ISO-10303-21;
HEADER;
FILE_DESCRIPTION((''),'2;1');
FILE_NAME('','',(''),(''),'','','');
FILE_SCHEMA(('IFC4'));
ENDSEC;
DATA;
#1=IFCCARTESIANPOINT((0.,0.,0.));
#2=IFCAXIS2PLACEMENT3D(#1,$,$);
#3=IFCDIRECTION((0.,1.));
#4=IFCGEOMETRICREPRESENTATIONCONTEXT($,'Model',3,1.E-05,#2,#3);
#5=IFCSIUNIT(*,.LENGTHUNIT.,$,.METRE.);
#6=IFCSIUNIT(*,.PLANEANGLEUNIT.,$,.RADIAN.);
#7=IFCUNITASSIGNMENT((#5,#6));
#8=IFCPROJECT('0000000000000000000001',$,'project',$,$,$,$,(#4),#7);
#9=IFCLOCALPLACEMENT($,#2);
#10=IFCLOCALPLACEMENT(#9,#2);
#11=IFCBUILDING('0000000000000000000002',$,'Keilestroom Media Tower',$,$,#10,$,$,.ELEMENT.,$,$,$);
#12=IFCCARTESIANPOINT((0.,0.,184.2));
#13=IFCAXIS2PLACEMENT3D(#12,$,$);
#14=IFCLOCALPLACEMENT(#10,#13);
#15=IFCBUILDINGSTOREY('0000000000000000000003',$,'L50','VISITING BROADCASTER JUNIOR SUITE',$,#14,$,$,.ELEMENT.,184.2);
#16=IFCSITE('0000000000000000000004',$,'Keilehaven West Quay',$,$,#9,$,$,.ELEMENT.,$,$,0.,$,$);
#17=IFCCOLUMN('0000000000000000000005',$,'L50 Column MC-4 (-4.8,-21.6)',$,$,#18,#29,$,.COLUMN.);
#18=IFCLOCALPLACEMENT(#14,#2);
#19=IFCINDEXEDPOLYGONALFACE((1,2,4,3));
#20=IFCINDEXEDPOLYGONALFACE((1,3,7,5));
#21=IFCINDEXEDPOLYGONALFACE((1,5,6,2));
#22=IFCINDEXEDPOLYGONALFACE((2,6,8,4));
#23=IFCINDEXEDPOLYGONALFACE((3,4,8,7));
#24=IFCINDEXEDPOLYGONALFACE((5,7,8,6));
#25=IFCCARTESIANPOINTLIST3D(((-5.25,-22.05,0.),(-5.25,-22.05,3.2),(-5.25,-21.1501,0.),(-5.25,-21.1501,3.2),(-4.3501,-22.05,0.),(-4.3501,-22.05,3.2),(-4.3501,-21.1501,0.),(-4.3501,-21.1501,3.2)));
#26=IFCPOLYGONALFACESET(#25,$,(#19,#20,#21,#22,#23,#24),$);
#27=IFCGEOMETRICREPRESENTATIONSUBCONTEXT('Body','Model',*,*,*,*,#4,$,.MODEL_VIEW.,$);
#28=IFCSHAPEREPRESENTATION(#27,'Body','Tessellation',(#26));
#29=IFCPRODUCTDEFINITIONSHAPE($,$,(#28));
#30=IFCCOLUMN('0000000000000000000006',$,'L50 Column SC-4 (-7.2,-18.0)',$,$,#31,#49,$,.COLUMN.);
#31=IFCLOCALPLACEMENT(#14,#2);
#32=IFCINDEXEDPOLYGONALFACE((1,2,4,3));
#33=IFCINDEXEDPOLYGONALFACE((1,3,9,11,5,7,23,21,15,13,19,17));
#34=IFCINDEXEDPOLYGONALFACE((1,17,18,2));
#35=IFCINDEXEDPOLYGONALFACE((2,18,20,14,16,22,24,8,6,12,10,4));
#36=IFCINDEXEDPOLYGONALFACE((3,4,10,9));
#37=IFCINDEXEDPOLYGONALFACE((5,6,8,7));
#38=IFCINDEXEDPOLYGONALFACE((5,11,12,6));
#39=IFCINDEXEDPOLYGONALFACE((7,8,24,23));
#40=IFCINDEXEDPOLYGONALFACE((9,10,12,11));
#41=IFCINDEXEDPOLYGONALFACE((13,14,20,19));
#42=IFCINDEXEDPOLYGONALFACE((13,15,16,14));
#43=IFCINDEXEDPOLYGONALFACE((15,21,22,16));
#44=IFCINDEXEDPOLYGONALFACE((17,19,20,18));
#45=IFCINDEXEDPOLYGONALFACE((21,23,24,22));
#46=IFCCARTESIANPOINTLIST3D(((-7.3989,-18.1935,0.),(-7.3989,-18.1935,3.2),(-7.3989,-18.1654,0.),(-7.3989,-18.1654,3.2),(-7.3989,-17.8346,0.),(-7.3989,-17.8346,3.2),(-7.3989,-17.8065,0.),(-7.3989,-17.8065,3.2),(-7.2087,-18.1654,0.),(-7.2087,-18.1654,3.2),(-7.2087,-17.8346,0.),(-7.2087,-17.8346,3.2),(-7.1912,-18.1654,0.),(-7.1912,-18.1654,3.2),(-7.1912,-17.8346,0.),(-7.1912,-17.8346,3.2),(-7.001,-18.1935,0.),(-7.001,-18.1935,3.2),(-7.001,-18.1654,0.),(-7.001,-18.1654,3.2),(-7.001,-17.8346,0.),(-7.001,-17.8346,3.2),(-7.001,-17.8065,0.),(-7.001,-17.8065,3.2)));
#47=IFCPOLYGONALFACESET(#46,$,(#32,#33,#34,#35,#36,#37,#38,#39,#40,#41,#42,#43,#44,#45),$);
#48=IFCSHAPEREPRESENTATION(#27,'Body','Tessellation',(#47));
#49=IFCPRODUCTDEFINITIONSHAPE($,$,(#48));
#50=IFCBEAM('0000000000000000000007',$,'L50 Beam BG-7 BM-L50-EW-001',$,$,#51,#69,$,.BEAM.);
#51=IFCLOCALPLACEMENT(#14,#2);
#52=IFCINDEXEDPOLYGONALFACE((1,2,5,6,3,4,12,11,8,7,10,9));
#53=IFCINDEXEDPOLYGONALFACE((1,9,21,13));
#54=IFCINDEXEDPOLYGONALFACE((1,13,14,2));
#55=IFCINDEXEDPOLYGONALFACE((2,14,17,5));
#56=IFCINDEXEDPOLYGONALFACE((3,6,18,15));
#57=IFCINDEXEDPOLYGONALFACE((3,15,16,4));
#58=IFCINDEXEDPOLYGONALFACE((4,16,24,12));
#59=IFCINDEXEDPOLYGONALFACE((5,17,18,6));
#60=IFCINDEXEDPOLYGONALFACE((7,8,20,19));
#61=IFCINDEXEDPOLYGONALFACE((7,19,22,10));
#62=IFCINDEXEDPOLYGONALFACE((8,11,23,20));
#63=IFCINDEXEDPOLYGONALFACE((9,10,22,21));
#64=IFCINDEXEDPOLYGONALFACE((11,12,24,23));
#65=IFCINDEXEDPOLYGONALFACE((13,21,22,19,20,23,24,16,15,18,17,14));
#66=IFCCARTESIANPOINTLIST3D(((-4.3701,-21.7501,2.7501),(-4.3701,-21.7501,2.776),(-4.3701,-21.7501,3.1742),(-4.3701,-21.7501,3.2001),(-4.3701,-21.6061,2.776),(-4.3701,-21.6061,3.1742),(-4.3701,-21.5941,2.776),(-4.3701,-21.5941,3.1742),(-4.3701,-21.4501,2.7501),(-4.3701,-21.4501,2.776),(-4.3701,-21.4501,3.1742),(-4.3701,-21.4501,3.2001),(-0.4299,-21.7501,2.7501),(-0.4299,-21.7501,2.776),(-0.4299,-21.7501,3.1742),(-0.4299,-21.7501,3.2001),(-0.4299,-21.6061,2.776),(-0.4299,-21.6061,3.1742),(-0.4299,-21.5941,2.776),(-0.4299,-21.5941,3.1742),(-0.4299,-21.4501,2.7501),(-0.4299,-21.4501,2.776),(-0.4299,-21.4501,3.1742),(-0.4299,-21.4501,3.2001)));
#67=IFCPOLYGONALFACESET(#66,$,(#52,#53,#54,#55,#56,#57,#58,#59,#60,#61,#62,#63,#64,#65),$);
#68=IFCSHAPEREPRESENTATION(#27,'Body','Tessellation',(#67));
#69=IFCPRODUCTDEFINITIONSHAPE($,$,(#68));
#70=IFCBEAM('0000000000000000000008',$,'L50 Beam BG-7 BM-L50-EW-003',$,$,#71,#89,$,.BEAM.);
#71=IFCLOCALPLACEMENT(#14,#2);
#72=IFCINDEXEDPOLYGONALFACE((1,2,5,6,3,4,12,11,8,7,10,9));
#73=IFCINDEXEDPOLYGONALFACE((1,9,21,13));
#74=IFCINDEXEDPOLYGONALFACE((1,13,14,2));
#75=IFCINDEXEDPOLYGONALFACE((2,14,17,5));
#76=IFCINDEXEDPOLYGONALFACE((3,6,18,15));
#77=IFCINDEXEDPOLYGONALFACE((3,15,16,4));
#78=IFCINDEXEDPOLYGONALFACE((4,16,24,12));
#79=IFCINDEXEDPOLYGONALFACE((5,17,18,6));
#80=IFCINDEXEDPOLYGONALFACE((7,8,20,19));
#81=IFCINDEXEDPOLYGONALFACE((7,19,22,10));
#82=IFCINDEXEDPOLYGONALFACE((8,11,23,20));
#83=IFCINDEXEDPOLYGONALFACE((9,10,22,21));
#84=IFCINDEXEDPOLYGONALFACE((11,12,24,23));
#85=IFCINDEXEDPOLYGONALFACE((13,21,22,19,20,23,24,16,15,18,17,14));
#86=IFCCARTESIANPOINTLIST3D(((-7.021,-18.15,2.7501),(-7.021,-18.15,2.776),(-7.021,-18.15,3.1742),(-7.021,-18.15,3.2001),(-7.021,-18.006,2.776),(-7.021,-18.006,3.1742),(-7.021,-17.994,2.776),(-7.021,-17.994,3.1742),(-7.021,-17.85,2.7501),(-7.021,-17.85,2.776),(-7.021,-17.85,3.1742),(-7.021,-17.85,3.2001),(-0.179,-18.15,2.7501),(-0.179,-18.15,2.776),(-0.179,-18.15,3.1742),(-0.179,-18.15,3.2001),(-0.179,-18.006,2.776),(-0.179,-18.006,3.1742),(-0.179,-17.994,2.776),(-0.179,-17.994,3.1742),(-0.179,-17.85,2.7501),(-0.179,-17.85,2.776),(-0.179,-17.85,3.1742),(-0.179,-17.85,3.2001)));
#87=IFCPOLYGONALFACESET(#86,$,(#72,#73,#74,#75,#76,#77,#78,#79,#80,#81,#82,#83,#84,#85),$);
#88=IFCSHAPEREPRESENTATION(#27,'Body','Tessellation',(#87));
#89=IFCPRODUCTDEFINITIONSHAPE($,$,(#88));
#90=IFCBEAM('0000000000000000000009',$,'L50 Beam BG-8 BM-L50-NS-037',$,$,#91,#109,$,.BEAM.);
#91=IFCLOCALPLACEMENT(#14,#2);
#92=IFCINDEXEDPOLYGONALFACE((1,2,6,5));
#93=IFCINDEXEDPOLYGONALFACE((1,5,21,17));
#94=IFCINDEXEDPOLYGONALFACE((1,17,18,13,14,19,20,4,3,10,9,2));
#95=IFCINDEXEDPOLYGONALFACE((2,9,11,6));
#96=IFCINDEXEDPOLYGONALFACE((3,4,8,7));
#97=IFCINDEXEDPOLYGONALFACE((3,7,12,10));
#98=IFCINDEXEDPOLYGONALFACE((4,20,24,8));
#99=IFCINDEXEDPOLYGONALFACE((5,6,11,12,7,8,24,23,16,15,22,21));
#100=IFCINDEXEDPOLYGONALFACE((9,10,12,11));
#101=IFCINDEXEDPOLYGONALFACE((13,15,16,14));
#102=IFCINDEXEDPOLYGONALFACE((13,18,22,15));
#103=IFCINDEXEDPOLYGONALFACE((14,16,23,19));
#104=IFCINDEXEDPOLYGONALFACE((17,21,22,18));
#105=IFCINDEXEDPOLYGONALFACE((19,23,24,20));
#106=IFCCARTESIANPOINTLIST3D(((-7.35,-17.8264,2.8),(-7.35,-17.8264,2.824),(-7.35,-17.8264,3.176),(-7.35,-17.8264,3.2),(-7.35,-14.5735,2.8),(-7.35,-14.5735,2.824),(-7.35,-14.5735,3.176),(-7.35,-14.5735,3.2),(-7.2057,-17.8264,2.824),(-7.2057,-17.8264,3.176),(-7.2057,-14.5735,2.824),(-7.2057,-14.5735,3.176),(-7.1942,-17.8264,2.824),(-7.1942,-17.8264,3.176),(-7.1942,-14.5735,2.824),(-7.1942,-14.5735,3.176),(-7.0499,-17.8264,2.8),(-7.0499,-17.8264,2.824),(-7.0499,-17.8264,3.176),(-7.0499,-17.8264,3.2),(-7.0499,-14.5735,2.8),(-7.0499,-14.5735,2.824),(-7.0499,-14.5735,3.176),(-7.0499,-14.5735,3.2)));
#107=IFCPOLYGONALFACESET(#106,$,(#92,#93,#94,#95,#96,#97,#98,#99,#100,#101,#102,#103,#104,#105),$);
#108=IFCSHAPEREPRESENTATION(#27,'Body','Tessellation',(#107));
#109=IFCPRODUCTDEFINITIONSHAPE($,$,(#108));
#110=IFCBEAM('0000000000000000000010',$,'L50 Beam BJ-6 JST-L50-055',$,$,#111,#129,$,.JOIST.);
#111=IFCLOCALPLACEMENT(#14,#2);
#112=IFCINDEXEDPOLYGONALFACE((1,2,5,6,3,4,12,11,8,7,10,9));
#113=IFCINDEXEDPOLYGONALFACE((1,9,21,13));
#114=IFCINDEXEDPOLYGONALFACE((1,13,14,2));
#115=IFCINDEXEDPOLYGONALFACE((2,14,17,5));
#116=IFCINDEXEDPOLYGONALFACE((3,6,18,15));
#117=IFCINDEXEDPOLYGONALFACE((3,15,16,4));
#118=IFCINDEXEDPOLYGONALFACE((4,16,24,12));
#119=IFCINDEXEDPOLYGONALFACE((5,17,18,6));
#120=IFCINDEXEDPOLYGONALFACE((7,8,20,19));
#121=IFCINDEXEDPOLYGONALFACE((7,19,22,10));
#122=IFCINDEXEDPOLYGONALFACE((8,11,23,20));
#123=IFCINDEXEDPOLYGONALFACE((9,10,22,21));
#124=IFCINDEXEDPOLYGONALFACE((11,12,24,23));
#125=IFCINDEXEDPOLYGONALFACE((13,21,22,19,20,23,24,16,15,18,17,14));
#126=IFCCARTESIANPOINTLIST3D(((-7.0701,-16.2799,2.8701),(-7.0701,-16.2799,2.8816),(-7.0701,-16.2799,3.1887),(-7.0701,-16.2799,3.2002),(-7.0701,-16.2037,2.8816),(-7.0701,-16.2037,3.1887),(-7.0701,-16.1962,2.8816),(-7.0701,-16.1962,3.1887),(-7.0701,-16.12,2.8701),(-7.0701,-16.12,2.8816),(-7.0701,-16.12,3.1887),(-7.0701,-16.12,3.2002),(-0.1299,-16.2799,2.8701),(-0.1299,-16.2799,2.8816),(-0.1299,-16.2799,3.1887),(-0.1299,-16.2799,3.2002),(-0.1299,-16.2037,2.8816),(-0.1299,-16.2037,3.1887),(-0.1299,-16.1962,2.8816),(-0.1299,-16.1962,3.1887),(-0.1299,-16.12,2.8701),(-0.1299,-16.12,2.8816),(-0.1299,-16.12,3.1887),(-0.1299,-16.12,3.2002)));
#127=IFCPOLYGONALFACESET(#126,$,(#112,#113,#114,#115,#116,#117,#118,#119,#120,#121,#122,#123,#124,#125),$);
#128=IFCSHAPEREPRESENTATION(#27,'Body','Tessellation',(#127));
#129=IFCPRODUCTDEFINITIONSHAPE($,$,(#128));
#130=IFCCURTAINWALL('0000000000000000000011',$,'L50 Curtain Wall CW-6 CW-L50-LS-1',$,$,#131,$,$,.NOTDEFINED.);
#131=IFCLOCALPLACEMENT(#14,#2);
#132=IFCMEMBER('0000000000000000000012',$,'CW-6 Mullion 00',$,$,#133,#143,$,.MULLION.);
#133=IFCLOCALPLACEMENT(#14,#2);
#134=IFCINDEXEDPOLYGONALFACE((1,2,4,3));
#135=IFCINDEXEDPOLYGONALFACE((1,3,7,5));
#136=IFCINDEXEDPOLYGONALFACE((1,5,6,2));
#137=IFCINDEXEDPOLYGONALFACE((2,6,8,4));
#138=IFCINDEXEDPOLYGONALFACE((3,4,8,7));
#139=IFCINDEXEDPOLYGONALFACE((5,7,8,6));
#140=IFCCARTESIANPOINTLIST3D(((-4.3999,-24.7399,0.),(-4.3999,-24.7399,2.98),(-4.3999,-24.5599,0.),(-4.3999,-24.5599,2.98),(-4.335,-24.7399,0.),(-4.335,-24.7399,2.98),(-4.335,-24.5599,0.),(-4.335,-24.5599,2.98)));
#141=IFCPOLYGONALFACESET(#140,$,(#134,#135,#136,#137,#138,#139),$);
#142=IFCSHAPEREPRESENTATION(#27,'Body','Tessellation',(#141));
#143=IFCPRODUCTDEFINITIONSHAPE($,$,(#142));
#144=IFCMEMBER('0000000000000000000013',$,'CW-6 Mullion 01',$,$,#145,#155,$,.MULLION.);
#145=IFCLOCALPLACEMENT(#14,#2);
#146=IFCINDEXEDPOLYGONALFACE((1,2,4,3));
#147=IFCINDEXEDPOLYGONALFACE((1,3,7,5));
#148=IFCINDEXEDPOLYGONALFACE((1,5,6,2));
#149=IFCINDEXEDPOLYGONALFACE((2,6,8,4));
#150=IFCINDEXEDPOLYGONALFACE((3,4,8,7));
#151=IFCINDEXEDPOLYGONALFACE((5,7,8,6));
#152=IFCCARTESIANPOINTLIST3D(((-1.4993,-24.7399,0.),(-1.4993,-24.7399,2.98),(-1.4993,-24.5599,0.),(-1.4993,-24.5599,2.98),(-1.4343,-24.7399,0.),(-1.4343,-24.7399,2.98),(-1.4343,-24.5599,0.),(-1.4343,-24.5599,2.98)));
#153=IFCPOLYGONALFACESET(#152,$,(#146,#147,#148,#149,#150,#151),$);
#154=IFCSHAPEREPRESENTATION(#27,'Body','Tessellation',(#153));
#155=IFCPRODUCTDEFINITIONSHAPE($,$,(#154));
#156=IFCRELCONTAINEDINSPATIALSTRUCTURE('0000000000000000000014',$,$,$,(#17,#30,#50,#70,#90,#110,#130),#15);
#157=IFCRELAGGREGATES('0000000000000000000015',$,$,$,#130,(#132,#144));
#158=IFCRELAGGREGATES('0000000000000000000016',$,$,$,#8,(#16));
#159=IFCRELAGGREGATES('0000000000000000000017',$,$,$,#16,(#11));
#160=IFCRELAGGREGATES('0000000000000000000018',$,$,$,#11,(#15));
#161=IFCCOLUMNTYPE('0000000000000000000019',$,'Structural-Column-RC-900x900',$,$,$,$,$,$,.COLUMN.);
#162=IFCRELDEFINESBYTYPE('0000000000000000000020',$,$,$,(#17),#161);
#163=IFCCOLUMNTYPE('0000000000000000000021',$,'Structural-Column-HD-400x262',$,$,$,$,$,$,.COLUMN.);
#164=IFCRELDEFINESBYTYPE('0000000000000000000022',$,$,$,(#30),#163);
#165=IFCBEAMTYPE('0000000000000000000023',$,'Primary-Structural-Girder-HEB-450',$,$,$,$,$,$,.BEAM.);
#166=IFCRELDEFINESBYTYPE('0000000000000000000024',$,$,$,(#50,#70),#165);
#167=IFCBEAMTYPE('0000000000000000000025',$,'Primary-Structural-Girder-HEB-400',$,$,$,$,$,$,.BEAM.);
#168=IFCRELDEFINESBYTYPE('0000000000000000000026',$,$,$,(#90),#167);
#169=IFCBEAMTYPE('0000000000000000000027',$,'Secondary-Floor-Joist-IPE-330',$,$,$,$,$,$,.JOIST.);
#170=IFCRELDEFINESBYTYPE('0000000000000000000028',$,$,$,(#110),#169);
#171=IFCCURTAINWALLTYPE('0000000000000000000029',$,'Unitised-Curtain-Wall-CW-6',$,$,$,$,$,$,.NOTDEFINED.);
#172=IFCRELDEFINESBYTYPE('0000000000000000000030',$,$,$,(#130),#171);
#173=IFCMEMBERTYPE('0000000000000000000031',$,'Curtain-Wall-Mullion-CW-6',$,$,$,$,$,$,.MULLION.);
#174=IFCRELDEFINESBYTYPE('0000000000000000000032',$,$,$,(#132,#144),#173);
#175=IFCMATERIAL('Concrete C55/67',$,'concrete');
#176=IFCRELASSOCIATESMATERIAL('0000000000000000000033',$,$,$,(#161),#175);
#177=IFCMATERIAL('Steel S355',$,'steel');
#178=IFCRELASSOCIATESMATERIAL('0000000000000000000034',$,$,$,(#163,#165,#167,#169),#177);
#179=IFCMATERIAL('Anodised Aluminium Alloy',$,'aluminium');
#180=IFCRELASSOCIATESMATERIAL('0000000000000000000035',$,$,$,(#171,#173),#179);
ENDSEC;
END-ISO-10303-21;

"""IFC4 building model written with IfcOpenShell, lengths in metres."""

from ifc_helpers import new_model, si_unit, direction, frame, origin, origin_2d, place, context, subcontext, project, spatial, rectangle, i_section, extrude, source, transform, mapped, material, material_profile, profile_set, type_object, element, aggregate, save


model = new_model("IFC4")

# Units and contexts
model_context = context("Model", 3, precision=1e-05, world=origin(), true_north=direction((0.0, 1.0)))
body_context = subcontext(model_context, "Body", "Model", "MODEL_VIEW")
ifc_project = project(units=[si_unit("LENGTHUNIT", "METRE"), si_unit("PLANEANGLEUNIT", "RADIAN")], contexts=[model_context])

# Site, building, storey
site_placement = place(None, origin())
site = spatial("IfcSite", under=ifc_project, at=site_placement, Name="Keilehaven West Quay", CompositionType="ELEMENT", RefElevation=0.0)
building_placement = place(site_placement, origin())
building = spatial("IfcBuilding", under=site, at=building_placement, Name="Keilestroom Media Tower", CompositionType="ELEMENT")
storey_placement = place(building_placement, frame((0.0, 0.0, 184.2)))
storey = spatial("IfcBuildingStorey", under=building, at=storey_placement, Name="L50", Description="VISITING BROADCASTER JUNIOR SUITE", CompositionType="ELEMENT", Elevation=184.2)

# Columns
ifc_material_1 = material(Name="Concrete C55/67", Category="concrete")
ifc_material_profile_1 = material_profile(ifc_material_1, rectangle(XDim=0.8999, YDim=0.8999, at=origin_2d()), Name="RC 900x900")
ifc_profile_set_1 = profile_set([ifc_material_profile_1], Name="Concrete C55/67")
column_type_1 = type_object("IfcColumnType", Name="Structural-Column-RC-900x900", PredefinedType="COLUMN", material=ifc_profile_set_1)
shared_shape_1 = source(origin(), body_context, "Body", "SweptSolid", [
    extrude(rectangle(XDim=0.8999, YDim=0.8999, at=origin_2d()), origin(), (0.0, 0.0, 1.0), 3.2),
])
column_1_placement = place(storey_placement, frame((-4.8, -21.6001, 0.0), z_axis=(0.0, 0.0, 1.0), x_axis=(1.0, 0.0, 0.0)))
element("IfcColumn", 1, at=column_1_placement, inside=storey, type_object=column_type_1, Name="L50 Column MC-4 (-4.8,-21.6)", PredefinedType="COLUMN", context=body_context, shape_type="MappedRepresentation", body=[
    mapped(shared_shape_1, transform((0.0, 0.0, 0.0), x_axis=(1.0, 0.0, 0.0), y_axis=(0.0, 1.0, 0.0), z_axis=(0.0, 0.0, 1.0), scale=1.0)),
])
ifc_material_2 = material(Name="Steel S355", Category="steel")
ifc_material_profile_2 = material_profile(ifc_material_2, i_section(OverallWidth=0.3979, OverallDepth=0.387, WebThickness=0.0176, FlangeThickness=0.0281, at=origin_2d()), Name="HD 400x262")
ifc_profile_set_2 = profile_set([ifc_material_profile_2], Name="Steel S355")
column_type_2 = type_object("IfcColumnType", Name="Structural-Column-HD-400x262", PredefinedType="COLUMN", material=ifc_profile_set_2)
shared_shape_2 = source(origin(), body_context, "Body", "SweptSolid", [
    extrude(i_section(OverallWidth=0.3979, OverallDepth=0.387, WebThickness=0.0176, FlangeThickness=0.0281, at=origin_2d()), origin(), (0.0, 0.0, 1.0), 3.2),
])
column_2_placement = place(storey_placement, frame((-7.2, -18.0, 0.0), z_axis=(0.0, 0.0, 1.0), x_axis=(1.0, 0.0, 0.0)))
element("IfcColumn", 2, at=column_2_placement, inside=storey, type_object=column_type_2, Name="L50 Column SC-4 (-7.2,-18.0)", PredefinedType="COLUMN", context=body_context, shape_type="MappedRepresentation", body=[
    mapped(shared_shape_2, transform((0.0, 0.0, 0.0), x_axis=(1.0, 0.0, 0.0), y_axis=(0.0, 1.0, 0.0), z_axis=(0.0, 0.0, 1.0), scale=1.0)),
])

# Beams
ifc_material_profile_3 = material_profile(ifc_material_2, i_section(OverallWidth=0.3, OverallDepth=0.45, WebThickness=0.012, FlangeThickness=0.0259, at=origin_2d()), Name="HEB 450")
ifc_profile_set_3 = profile_set([ifc_material_profile_3], Name="Steel S355")
beam_type_1 = type_object("IfcBeamType", Name="Primary-Structural-Girder-HEB-450", PredefinedType="BEAM", material=ifc_profile_set_3)
shared_shape_3 = source(origin(), body_context, "Body", "SweptSolid", [
    extrude(i_section(OverallWidth=0.3, OverallDepth=0.45, WebThickness=0.012, FlangeThickness=0.0259, at=origin_2d()), origin(), (0.0, 0.0, 1.0), 3.9402),
])
beam_1_placement = place(storey_placement, frame((-4.3701, -21.6001, 2.9751), z_axis=(1.0, 0.0, 0.0), x_axis=(0.0, 1.0, 0.0)))
element("IfcBeam", 3, at=beam_1_placement, inside=storey, type_object=beam_type_1, Name="L50 Beam BG-7 BM-L50-EW-001", PredefinedType="BEAM", context=body_context, shape_type="MappedRepresentation", body=[
    mapped(shared_shape_3, transform((0.0, 0.0, 0.0), x_axis=(1.0, 0.0, 0.0), y_axis=(0.0, 1.0, 0.0), z_axis=(0.0, 0.0, 1.0), scale=1.0)),
])
shared_shape_4 = source(origin(), body_context, "Body", "SweptSolid", [
    extrude(i_section(OverallWidth=0.3, OverallDepth=0.45, WebThickness=0.012, FlangeThickness=0.0259, at=origin_2d()), origin(), (0.0, 0.0, 1.0), 6.842),
])
beam_2_placement = place(storey_placement, frame((-7.021, -18.0, 2.9751), z_axis=(1.0, 0.0, 0.0), x_axis=(0.0, 1.0, 0.0)))
element("IfcBeam", 4, at=beam_2_placement, inside=storey, type_object=beam_type_1, Name="L50 Beam BG-7 BM-L50-EW-003", PredefinedType="BEAM", context=body_context, shape_type="MappedRepresentation", body=[
    mapped(shared_shape_4, transform((0.0, 0.0, 0.0), x_axis=(1.0, 0.0, 0.0), y_axis=(0.0, 1.0, 0.0), z_axis=(0.0, 0.0, 1.0), scale=1.0)),
])
ifc_material_profile_4 = material_profile(ifc_material_2, i_section(OverallWidth=0.3, OverallDepth=0.3999, WebThickness=0.0115, FlangeThickness=0.0239, at=origin_2d()), Name="HEB 400")
ifc_profile_set_4 = profile_set([ifc_material_profile_4], Name="Steel S355")
beam_type_2 = type_object("IfcBeamType", Name="Primary-Structural-Girder-HEB-400", PredefinedType="BEAM", material=ifc_profile_set_4)
shared_shape_5 = source(origin(), body_context, "Body", "SweptSolid", [
    extrude(i_section(OverallWidth=0.3, OverallDepth=0.3999, WebThickness=0.0115, FlangeThickness=0.0239, at=origin_2d()), origin(), (0.0, 0.0, 1.0), 3.2529),
])
beam_3_placement = place(storey_placement, frame((-7.2, -17.8264, 3.0), z_axis=(0.0, 1.0, 0.0), x_axis=(-1.0, 0.0, 0.0)))
element("IfcBeam", 5, at=beam_3_placement, inside=storey, type_object=beam_type_2, Name="L50 Beam BG-8 BM-L50-NS-037", PredefinedType="BEAM", context=body_context, shape_type="MappedRepresentation", body=[
    mapped(shared_shape_5, transform((0.0, 0.0, 0.0), x_axis=(1.0, 0.0, 0.0), y_axis=(0.0, 1.0, 0.0), z_axis=(0.0, 0.0, 1.0), scale=1.0)),
])
ifc_material_profile_5 = material_profile(ifc_material_2, i_section(OverallWidth=0.1599, OverallDepth=0.3301, WebThickness=0.0076, FlangeThickness=0.0115, at=origin_2d()), Name="IPE 330")
ifc_profile_set_5 = profile_set([ifc_material_profile_5], Name="Steel S355")
beam_type_3 = type_object("IfcBeamType", Name="Secondary-Floor-Joist-IPE-330", PredefinedType="JOIST", material=ifc_profile_set_5)
shared_shape_6 = source(origin(), body_context, "Body", "SweptSolid", [
    extrude(i_section(OverallWidth=0.1599, OverallDepth=0.3301, WebThickness=0.0076, FlangeThickness=0.0115, at=origin_2d()), origin(), (0.0, 0.0, 1.0), 6.9402),
])
beam_4_placement = place(storey_placement, frame((-7.0701, -16.2, 3.0352), z_axis=(1.0, 0.0, 0.0), x_axis=(0.0, 1.0, 0.0)))
element("IfcBeam", 6, at=beam_4_placement, inside=storey, type_object=beam_type_3, Name="L50 Beam BJ-6 JST-L50-055", PredefinedType="JOIST", context=body_context, shape_type="MappedRepresentation", body=[
    mapped(shared_shape_6, transform((0.0, 0.0, 0.0), x_axis=(1.0, 0.0, 0.0), y_axis=(0.0, 1.0, 0.0), z_axis=(0.0, 0.0, 1.0), scale=1.0)),
])

# Curtain wall, members
ifc_material_3 = material(Name="Anodised Aluminium Alloy", Category="aluminium")
curtain_wall_type = type_object("IfcCurtainWallType", Name="Unitised-Curtain-Wall-CW-6", PredefinedType="NOTDEFINED", material=ifc_material_3)
curtain_wall_placement = place(storey_placement, origin())
curtain_wall = element("IfcCurtainWall", 7, at=curtain_wall_placement, inside=storey, type_object=curtain_wall_type, Name="L50 Curtain Wall CW-6 CW-L50-LS-1", PredefinedType="NOTDEFINED")
ifc_material_profile_6 = material_profile(ifc_material_3, rectangle(XDim=0.0649, YDim=0.1799, at=origin_2d()), Name="ALU MULLION 65x180")
ifc_profile_set_6 = profile_set([ifc_material_profile_6], Name="Anodised Aluminium Alloy")
member_type_1 = type_object("IfcMemberType", Name="Curtain-Wall-Mullion-CW-6", PredefinedType="MULLION", material=ifc_profile_set_6)
shared_shape_7 = source(origin(), body_context, "Body", "SweptSolid", [
    extrude(rectangle(XDim=0.0649, YDim=0.1799, at=origin_2d()), origin(), (0.0, 0.0, 1.0), 2.98),
])
member_1_placement = place(storey_placement, frame((-4.3674, -24.6499, 0.0), z_axis=(0.0, 0.0, 1.0), x_axis=(1.0, 0.0, 0.0)))
member_1 = element("IfcMember", 8, at=member_1_placement, type_object=member_type_1, Name="CW-6 Mullion 00", PredefinedType="MULLION", context=body_context, shape_type="MappedRepresentation", body=[
    mapped(shared_shape_7, transform((0.0, 0.0, 0.0), x_axis=(1.0, 0.0, 0.0), y_axis=(0.0, 1.0, 0.0), z_axis=(0.0, 0.0, 1.0), scale=1.0)),
])
member_2_placement = place(storey_placement, frame((-1.4668, -24.6499, 0.0), z_axis=(0.0, 0.0, 1.0), x_axis=(1.0, 0.0, 0.0)))
member_2 = element("IfcMember", 9, at=member_2_placement, type_object=member_type_1, Name="CW-6 Mullion 01", PredefinedType="MULLION", context=body_context, shape_type="MappedRepresentation", body=[
    mapped(shared_shape_7, transform((0.0, 0.0, 0.0), x_axis=(1.0, 0.0, 0.0), y_axis=(0.0, 1.0, 0.0), z_axis=(0.0, 0.0, 1.0), scale=1.0)),
])
aggregate(curtain_wall, [member_1, member_2])

save(model, "model.ifc")
